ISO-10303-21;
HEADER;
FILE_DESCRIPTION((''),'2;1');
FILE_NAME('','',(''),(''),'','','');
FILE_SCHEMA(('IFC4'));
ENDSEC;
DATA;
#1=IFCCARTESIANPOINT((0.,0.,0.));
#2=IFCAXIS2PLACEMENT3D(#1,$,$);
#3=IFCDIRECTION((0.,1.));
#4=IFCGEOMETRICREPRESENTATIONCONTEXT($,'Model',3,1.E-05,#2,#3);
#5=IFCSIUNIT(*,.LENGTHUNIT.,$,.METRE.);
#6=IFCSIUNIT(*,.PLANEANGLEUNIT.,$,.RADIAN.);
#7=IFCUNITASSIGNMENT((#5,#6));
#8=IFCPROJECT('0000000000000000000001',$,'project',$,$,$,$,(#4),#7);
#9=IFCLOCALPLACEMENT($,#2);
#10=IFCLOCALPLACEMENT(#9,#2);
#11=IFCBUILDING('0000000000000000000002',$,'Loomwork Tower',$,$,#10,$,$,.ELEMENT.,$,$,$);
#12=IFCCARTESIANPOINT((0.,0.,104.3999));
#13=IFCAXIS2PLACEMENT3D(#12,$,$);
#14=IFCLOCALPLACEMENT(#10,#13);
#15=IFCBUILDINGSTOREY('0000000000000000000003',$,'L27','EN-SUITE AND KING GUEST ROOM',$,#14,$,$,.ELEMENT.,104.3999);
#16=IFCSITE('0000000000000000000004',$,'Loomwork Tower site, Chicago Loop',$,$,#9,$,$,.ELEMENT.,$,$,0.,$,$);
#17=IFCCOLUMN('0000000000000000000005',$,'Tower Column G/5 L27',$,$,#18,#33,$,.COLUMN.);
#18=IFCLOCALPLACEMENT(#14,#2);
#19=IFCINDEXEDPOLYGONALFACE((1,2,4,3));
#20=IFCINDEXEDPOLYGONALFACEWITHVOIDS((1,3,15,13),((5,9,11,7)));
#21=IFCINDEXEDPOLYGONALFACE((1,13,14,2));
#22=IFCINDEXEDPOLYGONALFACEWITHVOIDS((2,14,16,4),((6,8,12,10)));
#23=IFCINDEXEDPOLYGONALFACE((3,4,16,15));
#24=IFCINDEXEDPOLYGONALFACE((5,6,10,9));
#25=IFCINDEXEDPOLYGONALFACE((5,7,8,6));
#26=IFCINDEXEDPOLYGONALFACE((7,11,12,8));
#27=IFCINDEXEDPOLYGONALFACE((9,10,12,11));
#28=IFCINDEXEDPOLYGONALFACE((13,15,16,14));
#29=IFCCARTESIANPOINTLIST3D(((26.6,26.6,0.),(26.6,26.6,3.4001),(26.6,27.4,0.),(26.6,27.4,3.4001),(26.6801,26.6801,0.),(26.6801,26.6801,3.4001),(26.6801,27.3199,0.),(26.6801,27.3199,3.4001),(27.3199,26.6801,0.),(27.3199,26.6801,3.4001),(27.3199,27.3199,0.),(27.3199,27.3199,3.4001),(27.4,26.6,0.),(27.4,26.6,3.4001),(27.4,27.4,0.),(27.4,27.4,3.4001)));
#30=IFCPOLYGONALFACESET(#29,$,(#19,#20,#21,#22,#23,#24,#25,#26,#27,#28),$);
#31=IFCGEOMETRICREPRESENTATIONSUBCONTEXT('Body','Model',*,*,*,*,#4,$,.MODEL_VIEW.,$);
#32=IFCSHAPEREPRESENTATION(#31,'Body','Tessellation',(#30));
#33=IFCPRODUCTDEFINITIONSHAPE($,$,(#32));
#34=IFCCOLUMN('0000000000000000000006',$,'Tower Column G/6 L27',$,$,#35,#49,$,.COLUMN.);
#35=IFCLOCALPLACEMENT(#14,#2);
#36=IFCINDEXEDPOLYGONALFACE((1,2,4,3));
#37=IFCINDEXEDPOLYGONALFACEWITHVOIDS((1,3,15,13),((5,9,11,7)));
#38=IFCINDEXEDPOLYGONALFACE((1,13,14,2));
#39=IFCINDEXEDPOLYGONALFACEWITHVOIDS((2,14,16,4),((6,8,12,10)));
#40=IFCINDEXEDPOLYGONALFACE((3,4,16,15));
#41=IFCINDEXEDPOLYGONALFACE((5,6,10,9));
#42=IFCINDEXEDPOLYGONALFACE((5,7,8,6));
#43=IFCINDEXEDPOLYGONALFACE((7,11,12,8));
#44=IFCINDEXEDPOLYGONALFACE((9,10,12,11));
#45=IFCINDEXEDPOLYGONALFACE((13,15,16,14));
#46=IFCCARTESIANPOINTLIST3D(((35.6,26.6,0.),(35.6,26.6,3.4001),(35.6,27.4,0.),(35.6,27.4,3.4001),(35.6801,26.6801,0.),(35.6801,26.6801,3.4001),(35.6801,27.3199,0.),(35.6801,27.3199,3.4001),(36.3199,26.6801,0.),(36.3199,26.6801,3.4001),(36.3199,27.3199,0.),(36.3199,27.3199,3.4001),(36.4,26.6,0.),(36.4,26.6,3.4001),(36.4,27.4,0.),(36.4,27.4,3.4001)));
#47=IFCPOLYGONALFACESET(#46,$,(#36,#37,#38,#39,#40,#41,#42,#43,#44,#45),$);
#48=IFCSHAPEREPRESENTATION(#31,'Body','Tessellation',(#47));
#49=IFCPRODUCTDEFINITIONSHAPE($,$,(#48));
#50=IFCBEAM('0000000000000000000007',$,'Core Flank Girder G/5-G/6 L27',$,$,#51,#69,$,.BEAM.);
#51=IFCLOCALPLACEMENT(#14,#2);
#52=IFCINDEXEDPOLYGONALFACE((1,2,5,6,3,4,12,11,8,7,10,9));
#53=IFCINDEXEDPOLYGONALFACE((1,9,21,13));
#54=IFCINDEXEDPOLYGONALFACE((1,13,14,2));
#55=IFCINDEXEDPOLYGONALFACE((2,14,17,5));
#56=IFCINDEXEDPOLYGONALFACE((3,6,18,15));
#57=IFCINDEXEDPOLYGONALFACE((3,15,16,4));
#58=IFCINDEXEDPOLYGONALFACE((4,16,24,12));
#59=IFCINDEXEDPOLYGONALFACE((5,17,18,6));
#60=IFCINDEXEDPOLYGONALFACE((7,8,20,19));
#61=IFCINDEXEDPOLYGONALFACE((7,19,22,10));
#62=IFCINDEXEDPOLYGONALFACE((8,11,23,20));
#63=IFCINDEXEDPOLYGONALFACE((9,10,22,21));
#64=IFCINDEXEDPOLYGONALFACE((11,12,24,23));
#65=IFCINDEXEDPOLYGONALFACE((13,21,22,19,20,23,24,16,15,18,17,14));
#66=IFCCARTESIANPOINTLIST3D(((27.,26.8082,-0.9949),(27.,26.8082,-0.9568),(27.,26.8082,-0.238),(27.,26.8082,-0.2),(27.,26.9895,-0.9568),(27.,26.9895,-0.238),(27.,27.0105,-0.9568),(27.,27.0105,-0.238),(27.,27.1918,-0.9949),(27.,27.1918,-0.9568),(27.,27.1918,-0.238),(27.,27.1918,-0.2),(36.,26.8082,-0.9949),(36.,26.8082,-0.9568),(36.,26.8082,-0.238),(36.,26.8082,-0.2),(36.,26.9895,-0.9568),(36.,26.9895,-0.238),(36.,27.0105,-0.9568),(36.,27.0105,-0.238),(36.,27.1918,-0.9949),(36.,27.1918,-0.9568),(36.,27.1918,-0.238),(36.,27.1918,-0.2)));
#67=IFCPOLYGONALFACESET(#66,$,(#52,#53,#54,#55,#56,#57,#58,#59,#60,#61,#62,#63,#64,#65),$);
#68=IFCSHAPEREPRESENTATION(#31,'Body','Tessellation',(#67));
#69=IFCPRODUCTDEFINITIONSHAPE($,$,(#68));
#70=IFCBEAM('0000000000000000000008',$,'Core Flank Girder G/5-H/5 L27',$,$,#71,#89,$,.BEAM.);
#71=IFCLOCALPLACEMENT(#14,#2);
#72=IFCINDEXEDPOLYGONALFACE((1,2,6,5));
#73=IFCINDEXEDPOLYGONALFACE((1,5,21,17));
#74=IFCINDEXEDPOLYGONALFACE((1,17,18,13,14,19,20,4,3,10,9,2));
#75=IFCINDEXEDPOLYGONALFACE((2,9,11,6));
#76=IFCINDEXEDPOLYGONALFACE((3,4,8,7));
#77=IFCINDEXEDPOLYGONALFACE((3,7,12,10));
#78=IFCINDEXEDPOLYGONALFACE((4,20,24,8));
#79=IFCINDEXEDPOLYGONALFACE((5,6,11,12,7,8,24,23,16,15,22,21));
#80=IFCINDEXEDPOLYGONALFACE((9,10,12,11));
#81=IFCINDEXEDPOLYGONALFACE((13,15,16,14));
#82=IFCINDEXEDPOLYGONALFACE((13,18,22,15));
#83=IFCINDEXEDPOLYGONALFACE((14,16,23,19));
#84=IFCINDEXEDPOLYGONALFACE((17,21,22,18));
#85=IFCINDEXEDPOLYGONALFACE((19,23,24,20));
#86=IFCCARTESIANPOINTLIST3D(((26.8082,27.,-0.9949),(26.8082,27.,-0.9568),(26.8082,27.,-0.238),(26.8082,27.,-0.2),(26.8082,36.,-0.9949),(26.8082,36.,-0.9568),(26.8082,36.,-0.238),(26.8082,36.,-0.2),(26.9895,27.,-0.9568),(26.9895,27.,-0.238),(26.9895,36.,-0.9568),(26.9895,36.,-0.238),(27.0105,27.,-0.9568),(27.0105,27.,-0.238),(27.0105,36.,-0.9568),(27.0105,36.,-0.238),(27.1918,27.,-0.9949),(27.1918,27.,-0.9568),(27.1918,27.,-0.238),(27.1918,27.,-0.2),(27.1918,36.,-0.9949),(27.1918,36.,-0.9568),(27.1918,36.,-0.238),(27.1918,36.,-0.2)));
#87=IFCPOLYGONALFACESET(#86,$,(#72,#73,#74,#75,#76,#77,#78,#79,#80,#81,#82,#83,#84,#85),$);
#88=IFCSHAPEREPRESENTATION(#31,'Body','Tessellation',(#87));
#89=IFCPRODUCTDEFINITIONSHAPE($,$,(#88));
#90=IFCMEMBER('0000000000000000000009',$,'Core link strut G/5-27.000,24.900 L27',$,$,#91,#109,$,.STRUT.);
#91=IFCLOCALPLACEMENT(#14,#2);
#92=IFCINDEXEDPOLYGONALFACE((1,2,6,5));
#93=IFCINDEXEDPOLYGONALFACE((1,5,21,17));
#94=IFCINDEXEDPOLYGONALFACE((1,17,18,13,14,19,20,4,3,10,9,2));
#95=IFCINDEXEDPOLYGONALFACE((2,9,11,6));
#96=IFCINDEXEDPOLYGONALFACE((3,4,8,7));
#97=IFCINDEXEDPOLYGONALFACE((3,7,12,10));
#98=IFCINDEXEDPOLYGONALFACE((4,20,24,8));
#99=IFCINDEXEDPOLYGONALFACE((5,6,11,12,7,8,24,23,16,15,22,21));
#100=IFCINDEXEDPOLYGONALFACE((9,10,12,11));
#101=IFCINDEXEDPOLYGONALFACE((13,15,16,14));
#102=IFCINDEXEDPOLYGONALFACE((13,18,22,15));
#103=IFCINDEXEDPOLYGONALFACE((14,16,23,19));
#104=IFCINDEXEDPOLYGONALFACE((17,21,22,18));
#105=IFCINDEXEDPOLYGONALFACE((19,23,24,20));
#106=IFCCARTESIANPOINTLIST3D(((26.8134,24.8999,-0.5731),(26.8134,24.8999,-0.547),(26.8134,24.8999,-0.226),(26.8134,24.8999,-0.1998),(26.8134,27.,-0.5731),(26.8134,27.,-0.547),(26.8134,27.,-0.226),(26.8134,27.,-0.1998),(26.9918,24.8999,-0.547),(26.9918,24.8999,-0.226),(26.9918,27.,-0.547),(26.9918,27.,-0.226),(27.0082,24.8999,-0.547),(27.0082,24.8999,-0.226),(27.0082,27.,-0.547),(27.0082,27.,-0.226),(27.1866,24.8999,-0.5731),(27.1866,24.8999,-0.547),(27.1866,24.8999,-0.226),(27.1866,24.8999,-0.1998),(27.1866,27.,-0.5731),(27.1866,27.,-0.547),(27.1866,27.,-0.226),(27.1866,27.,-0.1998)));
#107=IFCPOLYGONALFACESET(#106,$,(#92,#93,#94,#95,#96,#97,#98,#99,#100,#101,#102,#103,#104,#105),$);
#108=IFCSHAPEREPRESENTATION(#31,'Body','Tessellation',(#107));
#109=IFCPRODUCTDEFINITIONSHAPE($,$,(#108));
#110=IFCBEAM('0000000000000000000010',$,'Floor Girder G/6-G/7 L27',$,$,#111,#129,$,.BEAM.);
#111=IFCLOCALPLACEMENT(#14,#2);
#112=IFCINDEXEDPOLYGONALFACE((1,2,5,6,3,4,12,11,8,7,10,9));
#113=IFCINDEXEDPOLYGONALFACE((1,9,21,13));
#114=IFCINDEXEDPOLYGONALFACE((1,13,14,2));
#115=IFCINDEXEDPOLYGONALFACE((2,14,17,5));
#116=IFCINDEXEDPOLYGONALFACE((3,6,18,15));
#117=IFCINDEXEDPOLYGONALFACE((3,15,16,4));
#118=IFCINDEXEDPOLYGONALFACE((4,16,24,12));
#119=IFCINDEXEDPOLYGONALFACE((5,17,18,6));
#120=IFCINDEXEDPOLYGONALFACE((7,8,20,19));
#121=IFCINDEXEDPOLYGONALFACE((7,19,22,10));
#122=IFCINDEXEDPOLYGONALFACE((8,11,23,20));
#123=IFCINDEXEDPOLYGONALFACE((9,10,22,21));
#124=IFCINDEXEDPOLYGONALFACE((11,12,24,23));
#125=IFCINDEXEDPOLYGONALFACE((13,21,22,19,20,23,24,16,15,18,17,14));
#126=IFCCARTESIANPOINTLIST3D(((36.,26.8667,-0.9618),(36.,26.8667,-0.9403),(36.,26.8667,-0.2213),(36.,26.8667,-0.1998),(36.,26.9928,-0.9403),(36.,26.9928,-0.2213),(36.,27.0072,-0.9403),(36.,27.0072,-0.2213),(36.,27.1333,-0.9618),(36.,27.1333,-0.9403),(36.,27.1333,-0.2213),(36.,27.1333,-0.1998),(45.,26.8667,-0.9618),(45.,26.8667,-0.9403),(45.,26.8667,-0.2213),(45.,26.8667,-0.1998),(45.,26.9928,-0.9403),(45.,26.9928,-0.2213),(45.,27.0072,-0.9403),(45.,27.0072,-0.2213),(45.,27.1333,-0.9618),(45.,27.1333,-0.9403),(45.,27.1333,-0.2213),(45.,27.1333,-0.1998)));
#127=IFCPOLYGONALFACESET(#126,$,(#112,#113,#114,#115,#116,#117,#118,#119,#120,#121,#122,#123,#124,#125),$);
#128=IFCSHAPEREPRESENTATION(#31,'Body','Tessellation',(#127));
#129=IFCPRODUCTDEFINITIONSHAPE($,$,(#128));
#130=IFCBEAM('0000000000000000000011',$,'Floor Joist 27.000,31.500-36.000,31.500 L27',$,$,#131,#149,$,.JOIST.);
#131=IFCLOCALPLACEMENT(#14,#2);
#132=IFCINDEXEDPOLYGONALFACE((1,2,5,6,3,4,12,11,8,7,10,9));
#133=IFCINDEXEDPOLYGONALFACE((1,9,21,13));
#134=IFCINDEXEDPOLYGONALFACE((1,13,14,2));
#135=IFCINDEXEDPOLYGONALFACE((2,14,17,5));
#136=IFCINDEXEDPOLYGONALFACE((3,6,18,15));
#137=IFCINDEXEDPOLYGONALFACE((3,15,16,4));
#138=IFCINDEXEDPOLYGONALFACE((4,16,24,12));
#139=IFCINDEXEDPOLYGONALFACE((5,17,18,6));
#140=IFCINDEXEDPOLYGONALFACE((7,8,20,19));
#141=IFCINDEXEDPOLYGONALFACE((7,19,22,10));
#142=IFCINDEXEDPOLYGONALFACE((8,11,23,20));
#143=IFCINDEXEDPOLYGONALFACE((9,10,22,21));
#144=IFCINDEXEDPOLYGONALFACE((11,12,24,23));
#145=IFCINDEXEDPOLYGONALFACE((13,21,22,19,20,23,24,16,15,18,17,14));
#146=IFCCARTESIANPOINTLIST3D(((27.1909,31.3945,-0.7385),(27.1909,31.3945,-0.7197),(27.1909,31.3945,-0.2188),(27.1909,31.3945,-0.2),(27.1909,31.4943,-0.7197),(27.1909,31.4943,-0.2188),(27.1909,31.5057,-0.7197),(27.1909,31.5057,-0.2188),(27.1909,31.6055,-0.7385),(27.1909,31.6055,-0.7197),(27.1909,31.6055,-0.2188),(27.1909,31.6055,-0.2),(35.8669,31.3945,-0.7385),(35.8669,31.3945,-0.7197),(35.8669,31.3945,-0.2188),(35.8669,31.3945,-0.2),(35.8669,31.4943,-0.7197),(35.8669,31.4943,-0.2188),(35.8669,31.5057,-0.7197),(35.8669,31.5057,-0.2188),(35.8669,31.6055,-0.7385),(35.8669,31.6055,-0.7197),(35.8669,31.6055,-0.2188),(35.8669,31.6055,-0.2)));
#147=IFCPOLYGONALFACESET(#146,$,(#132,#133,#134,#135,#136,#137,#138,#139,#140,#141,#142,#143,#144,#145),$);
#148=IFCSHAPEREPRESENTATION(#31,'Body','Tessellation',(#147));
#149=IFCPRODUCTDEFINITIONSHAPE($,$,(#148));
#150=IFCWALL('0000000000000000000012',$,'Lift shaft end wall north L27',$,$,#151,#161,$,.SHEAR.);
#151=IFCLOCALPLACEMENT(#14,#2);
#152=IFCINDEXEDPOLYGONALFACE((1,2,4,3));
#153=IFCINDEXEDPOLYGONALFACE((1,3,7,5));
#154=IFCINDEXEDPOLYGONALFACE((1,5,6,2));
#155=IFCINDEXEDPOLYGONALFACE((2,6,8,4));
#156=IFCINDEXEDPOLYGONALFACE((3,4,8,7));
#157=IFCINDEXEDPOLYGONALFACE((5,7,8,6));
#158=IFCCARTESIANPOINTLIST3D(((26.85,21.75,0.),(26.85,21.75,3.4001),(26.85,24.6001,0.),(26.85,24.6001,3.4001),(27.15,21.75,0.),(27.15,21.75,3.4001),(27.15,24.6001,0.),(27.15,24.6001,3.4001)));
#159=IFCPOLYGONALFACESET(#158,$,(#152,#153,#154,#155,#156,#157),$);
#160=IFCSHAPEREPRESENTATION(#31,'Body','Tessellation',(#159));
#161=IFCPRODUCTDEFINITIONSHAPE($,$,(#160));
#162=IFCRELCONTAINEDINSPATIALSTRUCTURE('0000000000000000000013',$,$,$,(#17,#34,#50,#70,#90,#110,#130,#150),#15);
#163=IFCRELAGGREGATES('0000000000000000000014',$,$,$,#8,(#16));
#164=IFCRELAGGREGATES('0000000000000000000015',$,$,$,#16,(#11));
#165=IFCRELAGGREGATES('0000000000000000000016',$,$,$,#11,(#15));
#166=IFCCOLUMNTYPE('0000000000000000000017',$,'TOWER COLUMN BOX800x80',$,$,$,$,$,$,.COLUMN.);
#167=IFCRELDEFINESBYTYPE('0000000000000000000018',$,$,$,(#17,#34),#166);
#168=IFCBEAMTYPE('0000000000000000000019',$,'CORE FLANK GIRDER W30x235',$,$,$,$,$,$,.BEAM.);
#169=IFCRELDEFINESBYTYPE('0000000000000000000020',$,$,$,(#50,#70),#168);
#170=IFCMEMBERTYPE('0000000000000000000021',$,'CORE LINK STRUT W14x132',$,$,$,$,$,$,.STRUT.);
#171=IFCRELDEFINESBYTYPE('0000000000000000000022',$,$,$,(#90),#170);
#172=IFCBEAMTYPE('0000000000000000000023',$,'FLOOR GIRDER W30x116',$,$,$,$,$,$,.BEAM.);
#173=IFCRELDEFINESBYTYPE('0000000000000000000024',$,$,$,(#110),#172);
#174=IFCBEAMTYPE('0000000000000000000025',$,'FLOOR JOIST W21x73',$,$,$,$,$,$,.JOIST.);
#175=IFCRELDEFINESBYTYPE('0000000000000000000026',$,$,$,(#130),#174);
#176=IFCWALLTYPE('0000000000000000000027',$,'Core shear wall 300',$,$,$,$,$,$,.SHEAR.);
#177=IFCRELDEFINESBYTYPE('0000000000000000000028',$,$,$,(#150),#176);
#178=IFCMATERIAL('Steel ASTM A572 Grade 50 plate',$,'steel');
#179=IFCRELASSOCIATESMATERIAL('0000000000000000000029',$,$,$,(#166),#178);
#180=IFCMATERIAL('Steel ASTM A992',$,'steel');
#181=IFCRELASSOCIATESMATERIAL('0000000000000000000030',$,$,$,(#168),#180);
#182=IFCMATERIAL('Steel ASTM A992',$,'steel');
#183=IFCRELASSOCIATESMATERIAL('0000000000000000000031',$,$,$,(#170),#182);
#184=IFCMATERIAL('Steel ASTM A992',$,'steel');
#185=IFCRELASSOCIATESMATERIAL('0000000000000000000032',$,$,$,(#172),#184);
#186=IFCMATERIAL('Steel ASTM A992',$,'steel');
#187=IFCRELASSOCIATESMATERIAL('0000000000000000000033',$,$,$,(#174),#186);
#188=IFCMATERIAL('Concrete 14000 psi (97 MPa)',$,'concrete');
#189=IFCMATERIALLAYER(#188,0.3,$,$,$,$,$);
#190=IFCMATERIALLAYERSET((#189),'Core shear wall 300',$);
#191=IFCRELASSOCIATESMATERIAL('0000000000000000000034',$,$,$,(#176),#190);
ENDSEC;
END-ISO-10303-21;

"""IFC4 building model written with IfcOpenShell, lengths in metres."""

from ifc_helpers import new_model, si_unit, direction, frame, frame_2d, origin, origin_2d, place, context, subcontext, project, spatial, rectangle, hollow_rectangle, i_section, extrude, material, layer, layer_set, material_profile, profile_set, type_object, element, save


model = new_model("IFC4")

# Units and contexts
model_context = context("Model", 3, precision=1e-05, world=origin(), true_north=direction((0.0, 1.0)))
body_context = subcontext(model_context, "Body", "Model", "MODEL_VIEW")
ifc_project = project(units=[si_unit("LENGTHUNIT", "METRE"), si_unit("PLANEANGLEUNIT", "RADIAN")], contexts=[model_context])

# Site, building, storey
site_placement = place(None, origin())
site = spatial("IfcSite", under=ifc_project, at=site_placement, Name="Loomwork Tower site, Chicago Loop", CompositionType="ELEMENT", RefElevation=0.0)
building_placement = place(site_placement, origin())
building = spatial("IfcBuilding", under=site, at=building_placement, Name="Loomwork Tower", CompositionType="ELEMENT")
storey_placement = place(building_placement, frame((0.0, 0.0, 104.3999)))
storey = spatial("IfcBuildingStorey", under=building, at=storey_placement, Name="L27", Description="EN-SUITE AND KING GUEST ROOM", CompositionType="ELEMENT", Elevation=104.3999)

# Columns
ifc_material_1 = material(Name="Steel ASTM A572 Grade 50 plate", Category="steel")
ifc_material_profile_1 = material_profile(ifc_material_1, hollow_rectangle(XDim=0.8, YDim=0.8, WallThickness=0.0801, at=origin_2d()), Name="BOX800x80")
ifc_profile_set_1 = profile_set([ifc_material_profile_1], Name="Steel ASTM A572 Grade 50 plate")
column_type = type_object("IfcColumnType", Name="TOWER COLUMN BOX800x80", PredefinedType="COLUMN", material=ifc_profile_set_1)
for number, where, z_axis, x_axis, name in (
    (1, (27.0, 27.0, 0.0), (0.0, 0.0, 1.0), (1.0, 0.0, 0.0), "Tower Column G/5 L27"),
    (2, (36.0, 27.0, 0.0), (0.0, 0.0, 1.0), (1.0, 0.0, 0.0), "Tower Column G/6 L27"),
):
    element("IfcColumn", number, at=place(storey_placement, frame(where, z_axis=z_axis, x_axis=x_axis)), inside=storey, type_object=column_type, Name=name, PredefinedType="COLUMN", context=body_context, shape_type="SweptSolid", body=[
        extrude(hollow_rectangle(XDim=0.8, YDim=0.8, WallThickness=0.0801, at=origin_2d()), origin(), (0.0, 0.0, 1.0), 3.4001),
    ])

# Beams
ifc_material_2 = material(Name="Steel ASTM A992", Category="steel")
ifc_material_profile_2 = material_profile(ifc_material_2, i_section(OverallWidth=0.3835, OverallDepth=0.7949, WebThickness=0.021, FlangeThickness=0.0381, at=origin_2d()), Name="W30x235")
ifc_profile_set_2 = profile_set([ifc_material_profile_2], Name="Steel ASTM A992")
beam_type_1 = type_object("IfcBeamType", Name="CORE FLANK GIRDER W30x235", PredefinedType="BEAM", material=ifc_profile_set_2)
for number, where, z_axis, x_axis, name in (
    (3, (27.0, 27.0, -0.5974), (1.0, 0.0, 0.0), (0.0, 1.0, 0.0), "Core Flank Girder G/5-G/6 L27"),
    (4, (27.0, 27.0, -0.5974), (0.0, 1.0, 0.0), (-1.0, 0.0, 0.0), "Core Flank Girder G/5-H/5 L27"),
):
    element("IfcBeam", number, at=place(storey_placement, frame(where, z_axis=z_axis, x_axis=x_axis)), inside=storey, type_object=beam_type_1, Name=name, PredefinedType="BEAM", context=body_context, shape_type="SweptSolid", body=[
        extrude(i_section(OverallWidth=0.3835, OverallDepth=0.7949, WebThickness=0.021, FlangeThickness=0.0381, at=origin_2d()), origin(), (0.0, 0.0, 1.0), 9.0),
    ])

# Member
ifc_material_3 = material(Name="Steel ASTM A992", Category="steel")
ifc_material_profile_3 = material_profile(ifc_material_3, i_section(OverallWidth=0.3733, OverallDepth=0.3733, WebThickness=0.0164, FlangeThickness=0.0261, at=origin_2d()), Name="W14x132")
ifc_profile_set_3 = profile_set([ifc_material_profile_3], Name="Steel ASTM A992")
member_type = type_object("IfcMemberType", Name="CORE LINK STRUT W14x132", PredefinedType="STRUT", material=ifc_profile_set_3)
member_placement = place(storey_placement, frame((27.0, 27.0, -0.3865), z_axis=(0.0, -1.0, 0.0), x_axis=(1.0, 0.0, 0.0)))
element("IfcMember", 5, at=member_placement, inside=storey, type_object=member_type, Name="Core link strut G/5-27.000,24.900 L27", PredefinedType="STRUT", context=body_context, shape_type="SweptSolid", body=[
    extrude(i_section(OverallWidth=0.3733, OverallDepth=0.3733, WebThickness=0.0164, FlangeThickness=0.0261, at=origin_2d()), origin(), (0.0, 0.0, 1.0), 2.1001),
])

# Beams
ifc_material_4 = material(Name="Steel ASTM A992", Category="steel")
ifc_material_profile_4 = material_profile(ifc_material_4, i_section(OverallWidth=0.2666, OverallDepth=0.762, WebThickness=0.0144, FlangeThickness=0.0215, at=origin_2d()), Name="W30x116")
ifc_profile_set_4 = profile_set([ifc_material_profile_4], Name="Steel ASTM A992")
beam_type_2 = type_object("IfcBeamType", Name="FLOOR GIRDER W30x116", PredefinedType="BEAM", material=ifc_profile_set_4)
beam_1_placement = place(storey_placement, frame((36.0, 27.0, -0.5808), z_axis=(1.0, 0.0, 0.0), x_axis=(0.0, 1.0, 0.0)))
element("IfcBeam", 6, at=beam_1_placement, inside=storey, type_object=beam_type_2, Name="Floor Girder G/6-G/7 L27", PredefinedType="BEAM", context=body_context, shape_type="SweptSolid", body=[
    extrude(i_section(OverallWidth=0.2666, OverallDepth=0.762, WebThickness=0.0144, FlangeThickness=0.0215, at=origin_2d()), origin(), (0.0, 0.0, 1.0), 9.0),
])
ifc_material_5 = material(Name="Steel ASTM A992", Category="steel")
ifc_material_profile_5 = material_profile(ifc_material_5, i_section(OverallWidth=0.2109, OverallDepth=0.5386, WebThickness=0.0115, FlangeThickness=0.0188, at=origin_2d()), Name="W21x73")
ifc_profile_set_5 = profile_set([ifc_material_profile_5], Name="Steel ASTM A992")
beam_type_3 = type_object("IfcBeamType", Name="FLOOR JOIST W21x73", PredefinedType="JOIST", material=ifc_profile_set_5)
beam_2_placement = place(storey_placement, frame((27.1909, 31.5, -0.4692), z_axis=(1.0, 0.0, 0.0), x_axis=(0.0, 1.0, 0.0)))
element("IfcBeam", 7, at=beam_2_placement, inside=storey, type_object=beam_type_3, Name="Floor Joist 27.000,31.500-36.000,31.500 L27", PredefinedType="JOIST", context=body_context, shape_type="SweptSolid", body=[
    extrude(i_section(OverallWidth=0.2109, OverallDepth=0.5386, WebThickness=0.0115, FlangeThickness=0.0188, at=origin_2d()), origin(), (0.0, 0.0, 1.0), 8.676),
])

# Wall
ifc_material_6 = material(Name="Concrete 14000 psi (97 MPa)", Category="concrete")
ifc_layer_1 = layer(ifc_material_6, 0.3)
ifc_layer_set_1 = layer_set([ifc_layer_1], Name="Core shear wall 300")
wall_type_1 = type_object("IfcWallType", Name="Core shear wall 300", PredefinedType="SHEAR", material=ifc_layer_set_1)
wall_1_placement = place(storey_placement, frame((27.0, 21.75, 0.0), z_axis=(0.0, 0.0, 1.0), x_axis=(0.0, 1.0, 0.0)))
element("IfcWall", 8, at=wall_1_placement, inside=storey, type_object=wall_type_1, Name="Lift shaft end wall north L27", PredefinedType="SHEAR", context=body_context, shape_type="SweptSolid", body=[
    extrude(rectangle(XDim=2.8501, YDim=0.3, at=frame_2d((1.425, 0.0))), origin(), (0.0, 0.0, 1.0), 3.4001),
])

save(model, "model.ifc")
